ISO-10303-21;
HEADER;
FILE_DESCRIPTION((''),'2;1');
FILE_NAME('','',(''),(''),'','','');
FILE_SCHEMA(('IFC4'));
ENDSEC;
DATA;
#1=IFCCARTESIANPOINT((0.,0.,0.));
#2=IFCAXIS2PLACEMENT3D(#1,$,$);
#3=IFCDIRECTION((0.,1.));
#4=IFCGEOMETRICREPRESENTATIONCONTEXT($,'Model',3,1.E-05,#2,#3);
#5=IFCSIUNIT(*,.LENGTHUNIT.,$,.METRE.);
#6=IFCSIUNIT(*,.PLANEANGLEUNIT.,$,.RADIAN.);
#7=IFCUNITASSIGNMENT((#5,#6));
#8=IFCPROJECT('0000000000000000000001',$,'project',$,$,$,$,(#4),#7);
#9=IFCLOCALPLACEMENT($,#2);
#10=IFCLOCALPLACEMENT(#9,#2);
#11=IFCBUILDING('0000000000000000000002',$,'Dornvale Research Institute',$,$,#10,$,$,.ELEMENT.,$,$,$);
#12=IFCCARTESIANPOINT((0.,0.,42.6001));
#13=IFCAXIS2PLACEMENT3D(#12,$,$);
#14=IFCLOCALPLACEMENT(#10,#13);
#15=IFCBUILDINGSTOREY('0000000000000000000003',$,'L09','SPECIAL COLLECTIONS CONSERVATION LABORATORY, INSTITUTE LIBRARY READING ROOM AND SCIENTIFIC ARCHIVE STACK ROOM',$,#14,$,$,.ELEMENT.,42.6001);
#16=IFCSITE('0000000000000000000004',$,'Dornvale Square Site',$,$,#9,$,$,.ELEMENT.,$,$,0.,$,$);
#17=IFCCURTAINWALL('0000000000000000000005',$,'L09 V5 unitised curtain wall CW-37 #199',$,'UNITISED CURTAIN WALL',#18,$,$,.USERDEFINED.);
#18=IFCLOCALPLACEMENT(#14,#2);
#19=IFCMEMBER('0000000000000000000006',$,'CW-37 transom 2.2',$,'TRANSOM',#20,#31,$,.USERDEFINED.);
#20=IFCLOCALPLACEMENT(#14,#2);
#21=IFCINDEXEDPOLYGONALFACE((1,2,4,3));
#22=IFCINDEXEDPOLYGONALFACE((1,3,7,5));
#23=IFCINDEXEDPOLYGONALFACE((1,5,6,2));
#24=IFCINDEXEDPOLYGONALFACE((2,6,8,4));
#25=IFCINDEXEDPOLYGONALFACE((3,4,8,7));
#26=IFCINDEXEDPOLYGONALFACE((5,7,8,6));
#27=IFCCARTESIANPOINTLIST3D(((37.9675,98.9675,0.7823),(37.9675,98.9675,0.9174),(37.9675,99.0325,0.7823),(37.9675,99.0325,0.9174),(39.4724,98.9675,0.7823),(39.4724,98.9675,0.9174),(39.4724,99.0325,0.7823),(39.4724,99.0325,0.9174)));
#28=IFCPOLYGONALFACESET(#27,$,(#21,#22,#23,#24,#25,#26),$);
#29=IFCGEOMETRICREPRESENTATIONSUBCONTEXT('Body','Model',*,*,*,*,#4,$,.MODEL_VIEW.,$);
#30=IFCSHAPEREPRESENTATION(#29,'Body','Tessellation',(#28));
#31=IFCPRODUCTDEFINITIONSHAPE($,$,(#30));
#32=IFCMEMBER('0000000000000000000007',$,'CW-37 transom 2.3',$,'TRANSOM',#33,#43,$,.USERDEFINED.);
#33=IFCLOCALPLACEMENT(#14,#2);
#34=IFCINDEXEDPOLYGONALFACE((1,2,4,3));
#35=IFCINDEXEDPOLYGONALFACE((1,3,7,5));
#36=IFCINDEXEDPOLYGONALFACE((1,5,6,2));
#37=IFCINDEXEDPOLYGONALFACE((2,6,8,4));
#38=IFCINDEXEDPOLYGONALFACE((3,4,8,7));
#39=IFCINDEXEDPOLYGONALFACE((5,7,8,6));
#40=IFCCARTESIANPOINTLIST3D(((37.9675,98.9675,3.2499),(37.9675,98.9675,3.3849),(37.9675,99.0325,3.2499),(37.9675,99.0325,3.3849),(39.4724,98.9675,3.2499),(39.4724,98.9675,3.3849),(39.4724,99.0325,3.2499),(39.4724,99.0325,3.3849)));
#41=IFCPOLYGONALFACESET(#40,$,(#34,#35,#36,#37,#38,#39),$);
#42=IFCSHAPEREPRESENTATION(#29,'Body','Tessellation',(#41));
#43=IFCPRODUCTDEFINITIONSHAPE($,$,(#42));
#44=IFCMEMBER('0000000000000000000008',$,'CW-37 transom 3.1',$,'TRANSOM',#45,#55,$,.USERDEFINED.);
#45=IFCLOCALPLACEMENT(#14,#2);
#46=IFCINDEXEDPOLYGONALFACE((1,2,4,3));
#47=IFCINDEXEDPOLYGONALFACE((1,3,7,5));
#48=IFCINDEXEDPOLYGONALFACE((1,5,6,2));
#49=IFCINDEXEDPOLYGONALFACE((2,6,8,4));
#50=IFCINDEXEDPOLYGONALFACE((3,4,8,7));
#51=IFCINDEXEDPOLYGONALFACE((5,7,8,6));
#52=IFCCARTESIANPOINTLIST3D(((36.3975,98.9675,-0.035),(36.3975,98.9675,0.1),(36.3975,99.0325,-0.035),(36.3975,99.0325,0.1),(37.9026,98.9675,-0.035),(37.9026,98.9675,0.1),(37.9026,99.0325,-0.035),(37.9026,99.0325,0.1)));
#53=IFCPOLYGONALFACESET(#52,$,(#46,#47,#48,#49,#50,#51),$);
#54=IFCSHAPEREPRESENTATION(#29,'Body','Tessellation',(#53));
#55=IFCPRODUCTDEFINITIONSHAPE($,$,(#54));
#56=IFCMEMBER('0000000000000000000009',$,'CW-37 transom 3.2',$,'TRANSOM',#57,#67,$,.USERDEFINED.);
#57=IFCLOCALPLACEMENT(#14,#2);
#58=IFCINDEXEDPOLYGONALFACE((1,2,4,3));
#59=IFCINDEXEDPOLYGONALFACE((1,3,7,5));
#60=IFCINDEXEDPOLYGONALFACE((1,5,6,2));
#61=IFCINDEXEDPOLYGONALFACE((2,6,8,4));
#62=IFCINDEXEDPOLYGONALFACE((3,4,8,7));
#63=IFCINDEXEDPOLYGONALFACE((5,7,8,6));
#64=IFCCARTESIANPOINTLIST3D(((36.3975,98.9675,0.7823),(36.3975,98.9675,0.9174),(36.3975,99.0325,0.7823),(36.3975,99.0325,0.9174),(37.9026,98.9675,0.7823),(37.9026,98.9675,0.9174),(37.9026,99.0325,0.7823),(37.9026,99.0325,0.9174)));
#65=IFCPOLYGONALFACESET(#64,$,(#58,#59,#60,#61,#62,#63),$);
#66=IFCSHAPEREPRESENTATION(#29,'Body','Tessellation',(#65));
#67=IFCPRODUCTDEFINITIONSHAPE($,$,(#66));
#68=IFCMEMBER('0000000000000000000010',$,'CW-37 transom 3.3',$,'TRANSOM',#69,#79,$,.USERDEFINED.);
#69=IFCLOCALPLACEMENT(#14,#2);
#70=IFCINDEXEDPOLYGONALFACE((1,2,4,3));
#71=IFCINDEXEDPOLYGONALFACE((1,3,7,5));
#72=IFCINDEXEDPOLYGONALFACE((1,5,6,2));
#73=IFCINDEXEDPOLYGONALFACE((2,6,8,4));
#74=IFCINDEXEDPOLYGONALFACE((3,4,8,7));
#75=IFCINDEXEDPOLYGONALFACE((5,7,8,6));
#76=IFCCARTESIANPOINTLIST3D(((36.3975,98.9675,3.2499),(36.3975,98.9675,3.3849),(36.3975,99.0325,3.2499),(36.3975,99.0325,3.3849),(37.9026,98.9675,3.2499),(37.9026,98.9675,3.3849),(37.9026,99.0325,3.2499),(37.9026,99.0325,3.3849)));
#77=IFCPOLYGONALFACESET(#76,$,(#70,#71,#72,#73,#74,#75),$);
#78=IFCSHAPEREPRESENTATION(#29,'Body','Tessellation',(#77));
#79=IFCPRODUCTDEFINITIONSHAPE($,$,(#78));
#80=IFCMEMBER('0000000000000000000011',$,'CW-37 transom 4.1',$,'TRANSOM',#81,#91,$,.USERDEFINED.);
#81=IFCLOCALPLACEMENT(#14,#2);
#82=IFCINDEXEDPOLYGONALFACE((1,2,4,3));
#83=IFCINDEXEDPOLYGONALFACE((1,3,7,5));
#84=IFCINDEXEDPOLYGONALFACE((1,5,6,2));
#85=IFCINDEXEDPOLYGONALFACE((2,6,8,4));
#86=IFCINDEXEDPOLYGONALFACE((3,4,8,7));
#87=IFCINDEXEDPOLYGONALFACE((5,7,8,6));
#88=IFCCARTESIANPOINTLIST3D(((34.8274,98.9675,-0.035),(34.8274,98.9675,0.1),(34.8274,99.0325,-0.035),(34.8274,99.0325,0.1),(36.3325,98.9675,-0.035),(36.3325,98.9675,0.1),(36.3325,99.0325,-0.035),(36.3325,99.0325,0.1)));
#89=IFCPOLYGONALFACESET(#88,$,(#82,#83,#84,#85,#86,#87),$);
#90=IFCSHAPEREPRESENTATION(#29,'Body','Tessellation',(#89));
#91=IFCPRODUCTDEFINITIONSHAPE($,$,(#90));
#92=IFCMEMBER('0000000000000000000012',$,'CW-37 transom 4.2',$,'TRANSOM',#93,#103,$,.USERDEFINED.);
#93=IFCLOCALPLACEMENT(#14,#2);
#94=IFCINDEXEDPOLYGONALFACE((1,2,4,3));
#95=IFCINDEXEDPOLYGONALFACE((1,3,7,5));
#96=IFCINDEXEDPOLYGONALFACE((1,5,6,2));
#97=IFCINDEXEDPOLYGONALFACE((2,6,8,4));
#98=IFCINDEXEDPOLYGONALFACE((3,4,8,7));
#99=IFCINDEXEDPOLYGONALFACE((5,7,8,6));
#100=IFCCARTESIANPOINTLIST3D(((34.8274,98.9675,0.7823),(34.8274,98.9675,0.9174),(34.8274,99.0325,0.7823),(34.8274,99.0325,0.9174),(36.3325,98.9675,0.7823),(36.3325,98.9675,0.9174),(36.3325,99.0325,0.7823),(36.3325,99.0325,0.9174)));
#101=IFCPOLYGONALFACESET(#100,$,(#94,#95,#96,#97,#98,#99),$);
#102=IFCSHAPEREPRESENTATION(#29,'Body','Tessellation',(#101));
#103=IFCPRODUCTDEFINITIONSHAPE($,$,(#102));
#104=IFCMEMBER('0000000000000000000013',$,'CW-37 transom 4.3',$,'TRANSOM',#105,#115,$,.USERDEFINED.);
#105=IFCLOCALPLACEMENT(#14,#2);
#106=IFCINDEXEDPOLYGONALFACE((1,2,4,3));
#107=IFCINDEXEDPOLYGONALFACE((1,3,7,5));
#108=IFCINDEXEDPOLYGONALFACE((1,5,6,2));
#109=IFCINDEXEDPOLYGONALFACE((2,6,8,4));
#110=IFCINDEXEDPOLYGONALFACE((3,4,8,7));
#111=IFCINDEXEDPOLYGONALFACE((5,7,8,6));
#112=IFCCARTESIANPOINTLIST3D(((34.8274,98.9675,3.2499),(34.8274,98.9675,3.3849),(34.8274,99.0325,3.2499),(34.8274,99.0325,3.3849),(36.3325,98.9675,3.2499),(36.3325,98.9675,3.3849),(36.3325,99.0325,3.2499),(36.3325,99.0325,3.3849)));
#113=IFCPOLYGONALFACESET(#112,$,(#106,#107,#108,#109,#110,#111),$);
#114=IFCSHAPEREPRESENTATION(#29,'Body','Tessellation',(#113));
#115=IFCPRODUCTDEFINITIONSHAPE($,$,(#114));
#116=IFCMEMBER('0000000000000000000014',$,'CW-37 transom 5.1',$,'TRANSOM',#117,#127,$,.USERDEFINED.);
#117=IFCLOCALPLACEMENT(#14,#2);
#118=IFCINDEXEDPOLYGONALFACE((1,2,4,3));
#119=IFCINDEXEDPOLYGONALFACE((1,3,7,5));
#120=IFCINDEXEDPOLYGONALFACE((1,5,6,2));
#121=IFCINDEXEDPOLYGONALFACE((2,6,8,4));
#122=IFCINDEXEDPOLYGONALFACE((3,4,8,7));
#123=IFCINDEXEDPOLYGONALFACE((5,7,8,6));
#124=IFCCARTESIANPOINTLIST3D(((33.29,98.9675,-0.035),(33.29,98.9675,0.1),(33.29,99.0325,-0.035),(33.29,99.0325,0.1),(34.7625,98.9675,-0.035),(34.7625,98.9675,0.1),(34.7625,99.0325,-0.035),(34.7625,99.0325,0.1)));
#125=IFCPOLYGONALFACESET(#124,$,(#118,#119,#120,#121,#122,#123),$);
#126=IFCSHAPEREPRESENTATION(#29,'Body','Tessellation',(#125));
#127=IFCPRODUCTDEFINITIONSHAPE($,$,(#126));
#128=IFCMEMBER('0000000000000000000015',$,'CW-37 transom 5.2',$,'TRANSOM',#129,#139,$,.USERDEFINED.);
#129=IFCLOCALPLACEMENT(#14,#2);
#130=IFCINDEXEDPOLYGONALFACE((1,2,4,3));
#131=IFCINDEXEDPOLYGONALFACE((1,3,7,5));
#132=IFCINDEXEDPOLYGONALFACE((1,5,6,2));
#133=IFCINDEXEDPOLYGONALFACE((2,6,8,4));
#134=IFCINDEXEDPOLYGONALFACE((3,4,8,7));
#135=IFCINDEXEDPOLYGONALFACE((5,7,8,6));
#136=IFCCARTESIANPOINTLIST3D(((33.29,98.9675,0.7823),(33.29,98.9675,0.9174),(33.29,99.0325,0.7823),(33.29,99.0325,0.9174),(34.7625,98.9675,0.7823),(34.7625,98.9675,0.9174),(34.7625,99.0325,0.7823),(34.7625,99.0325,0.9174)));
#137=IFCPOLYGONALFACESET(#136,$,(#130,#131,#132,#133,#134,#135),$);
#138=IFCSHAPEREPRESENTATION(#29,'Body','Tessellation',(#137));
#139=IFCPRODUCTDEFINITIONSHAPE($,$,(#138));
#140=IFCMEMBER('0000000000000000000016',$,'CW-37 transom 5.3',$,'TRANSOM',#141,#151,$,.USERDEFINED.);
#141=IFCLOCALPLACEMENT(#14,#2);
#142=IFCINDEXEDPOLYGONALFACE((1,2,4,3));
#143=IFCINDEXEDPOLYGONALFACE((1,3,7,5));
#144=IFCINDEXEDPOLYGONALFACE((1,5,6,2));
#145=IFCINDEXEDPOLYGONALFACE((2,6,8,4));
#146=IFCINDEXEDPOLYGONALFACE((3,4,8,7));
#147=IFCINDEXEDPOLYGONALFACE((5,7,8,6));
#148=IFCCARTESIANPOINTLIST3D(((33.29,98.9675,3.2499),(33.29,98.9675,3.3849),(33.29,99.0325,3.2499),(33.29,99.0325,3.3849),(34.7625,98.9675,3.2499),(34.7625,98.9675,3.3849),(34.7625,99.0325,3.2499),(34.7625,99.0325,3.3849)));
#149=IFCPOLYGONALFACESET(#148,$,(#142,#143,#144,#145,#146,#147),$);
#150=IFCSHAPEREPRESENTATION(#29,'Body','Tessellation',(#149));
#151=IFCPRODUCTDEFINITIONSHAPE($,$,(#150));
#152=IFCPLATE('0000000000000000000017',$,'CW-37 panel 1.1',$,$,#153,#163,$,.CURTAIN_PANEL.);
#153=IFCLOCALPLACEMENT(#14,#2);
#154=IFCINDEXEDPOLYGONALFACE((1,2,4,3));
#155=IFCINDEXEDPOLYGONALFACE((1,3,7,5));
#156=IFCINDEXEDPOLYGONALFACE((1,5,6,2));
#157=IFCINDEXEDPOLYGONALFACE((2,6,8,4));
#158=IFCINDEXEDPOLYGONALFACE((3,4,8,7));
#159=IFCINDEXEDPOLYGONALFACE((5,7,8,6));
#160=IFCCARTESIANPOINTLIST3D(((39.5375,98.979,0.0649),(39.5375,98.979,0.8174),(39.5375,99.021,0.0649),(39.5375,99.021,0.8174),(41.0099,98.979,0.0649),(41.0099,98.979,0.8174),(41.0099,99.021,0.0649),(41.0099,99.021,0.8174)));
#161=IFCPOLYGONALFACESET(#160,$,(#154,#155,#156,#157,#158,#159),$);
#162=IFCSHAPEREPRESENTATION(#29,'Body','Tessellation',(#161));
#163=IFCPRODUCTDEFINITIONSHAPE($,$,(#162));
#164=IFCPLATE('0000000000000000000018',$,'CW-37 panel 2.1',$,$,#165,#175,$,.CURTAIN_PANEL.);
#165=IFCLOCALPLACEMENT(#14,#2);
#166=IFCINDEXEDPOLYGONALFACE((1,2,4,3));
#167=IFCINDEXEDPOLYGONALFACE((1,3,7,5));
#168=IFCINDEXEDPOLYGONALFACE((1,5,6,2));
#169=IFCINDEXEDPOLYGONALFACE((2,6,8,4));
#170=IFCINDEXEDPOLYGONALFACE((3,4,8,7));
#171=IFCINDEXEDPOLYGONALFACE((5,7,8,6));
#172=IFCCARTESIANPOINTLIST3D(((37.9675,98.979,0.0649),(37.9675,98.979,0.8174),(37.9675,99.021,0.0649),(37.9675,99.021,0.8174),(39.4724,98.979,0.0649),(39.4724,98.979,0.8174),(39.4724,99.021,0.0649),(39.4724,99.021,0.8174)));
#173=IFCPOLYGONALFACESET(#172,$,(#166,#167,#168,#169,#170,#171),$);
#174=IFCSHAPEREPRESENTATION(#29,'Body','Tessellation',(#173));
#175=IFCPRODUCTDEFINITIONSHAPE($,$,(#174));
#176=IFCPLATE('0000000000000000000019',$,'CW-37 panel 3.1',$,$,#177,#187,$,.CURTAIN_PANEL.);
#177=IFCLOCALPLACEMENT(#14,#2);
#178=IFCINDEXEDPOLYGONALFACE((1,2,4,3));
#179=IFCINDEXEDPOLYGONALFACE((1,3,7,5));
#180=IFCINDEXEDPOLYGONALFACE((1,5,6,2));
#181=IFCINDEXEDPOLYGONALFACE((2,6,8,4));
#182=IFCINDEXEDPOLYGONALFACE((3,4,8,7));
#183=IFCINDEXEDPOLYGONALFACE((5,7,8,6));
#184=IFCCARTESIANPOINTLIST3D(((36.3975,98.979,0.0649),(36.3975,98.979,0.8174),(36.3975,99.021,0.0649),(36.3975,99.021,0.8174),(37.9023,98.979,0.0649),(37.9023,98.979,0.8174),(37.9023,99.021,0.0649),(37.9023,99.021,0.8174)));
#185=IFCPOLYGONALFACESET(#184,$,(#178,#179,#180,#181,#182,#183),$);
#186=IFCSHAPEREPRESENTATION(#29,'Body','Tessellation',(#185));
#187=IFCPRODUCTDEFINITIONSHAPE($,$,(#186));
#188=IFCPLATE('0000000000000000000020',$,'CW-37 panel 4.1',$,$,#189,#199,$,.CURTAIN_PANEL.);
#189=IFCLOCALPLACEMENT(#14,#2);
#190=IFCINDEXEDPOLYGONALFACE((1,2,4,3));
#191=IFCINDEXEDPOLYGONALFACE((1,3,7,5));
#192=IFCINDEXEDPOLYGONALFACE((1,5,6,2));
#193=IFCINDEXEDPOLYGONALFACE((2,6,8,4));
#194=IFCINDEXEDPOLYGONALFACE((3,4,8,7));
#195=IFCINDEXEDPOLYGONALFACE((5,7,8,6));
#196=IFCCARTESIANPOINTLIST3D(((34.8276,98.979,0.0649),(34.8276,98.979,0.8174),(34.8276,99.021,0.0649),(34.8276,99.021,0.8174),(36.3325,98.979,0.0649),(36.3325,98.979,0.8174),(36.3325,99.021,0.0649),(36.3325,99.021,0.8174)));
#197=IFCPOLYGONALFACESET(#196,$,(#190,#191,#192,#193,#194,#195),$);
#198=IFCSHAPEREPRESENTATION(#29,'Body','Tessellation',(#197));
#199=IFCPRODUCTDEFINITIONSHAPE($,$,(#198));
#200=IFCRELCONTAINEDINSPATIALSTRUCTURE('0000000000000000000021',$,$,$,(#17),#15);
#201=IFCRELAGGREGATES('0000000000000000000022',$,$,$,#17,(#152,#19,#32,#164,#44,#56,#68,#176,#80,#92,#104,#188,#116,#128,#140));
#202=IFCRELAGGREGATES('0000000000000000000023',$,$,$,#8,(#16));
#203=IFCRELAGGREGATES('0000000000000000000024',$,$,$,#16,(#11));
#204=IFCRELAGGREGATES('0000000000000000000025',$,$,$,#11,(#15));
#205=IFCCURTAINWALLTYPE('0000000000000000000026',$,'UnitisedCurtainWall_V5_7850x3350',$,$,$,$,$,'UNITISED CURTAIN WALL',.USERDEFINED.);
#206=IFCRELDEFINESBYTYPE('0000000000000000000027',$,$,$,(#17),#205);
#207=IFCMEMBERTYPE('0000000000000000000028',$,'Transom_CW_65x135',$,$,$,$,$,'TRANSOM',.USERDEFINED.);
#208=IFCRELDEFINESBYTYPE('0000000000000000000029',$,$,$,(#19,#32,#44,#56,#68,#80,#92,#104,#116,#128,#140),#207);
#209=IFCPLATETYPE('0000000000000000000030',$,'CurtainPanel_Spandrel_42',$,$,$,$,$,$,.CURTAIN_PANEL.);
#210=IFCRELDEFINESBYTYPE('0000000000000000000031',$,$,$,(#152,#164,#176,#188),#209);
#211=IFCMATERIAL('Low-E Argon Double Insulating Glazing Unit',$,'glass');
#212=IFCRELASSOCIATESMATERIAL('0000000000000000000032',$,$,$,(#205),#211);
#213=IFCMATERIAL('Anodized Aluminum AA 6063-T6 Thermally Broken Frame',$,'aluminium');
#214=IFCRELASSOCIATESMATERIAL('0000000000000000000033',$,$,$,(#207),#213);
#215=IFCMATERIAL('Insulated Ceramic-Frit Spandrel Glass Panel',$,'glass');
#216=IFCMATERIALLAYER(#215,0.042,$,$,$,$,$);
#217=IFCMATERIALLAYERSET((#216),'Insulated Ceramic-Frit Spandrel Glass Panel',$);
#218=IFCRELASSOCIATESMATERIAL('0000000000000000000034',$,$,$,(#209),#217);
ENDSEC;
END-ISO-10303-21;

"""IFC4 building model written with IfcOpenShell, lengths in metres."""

from ifc_helpers import new_model, si_unit, direction, frame, origin, origin_2d, place, context, subcontext, project, spatial, rectangle, extrude, material, layer, layer_set, material_profile, profile_set, type_object, element, aggregate, save


model = new_model("IFC4")

# Units and contexts
model_context = context("Model", 3, precision=1e-05, world=origin(), true_north=direction((0.0, 1.0)))
body_context = subcontext(model_context, "Body", "Model", "MODEL_VIEW")
ifc_project = project(units=[si_unit("LENGTHUNIT", "METRE"), si_unit("PLANEANGLEUNIT", "RADIAN")], contexts=[model_context])

# Site, building, storey
site_placement = place(None, origin())
site = spatial("IfcSite", under=ifc_project, at=site_placement, Name="Dornvale Square Site", CompositionType="ELEMENT", RefElevation=0.0)
building_placement = place(site_placement, origin())
building = spatial("IfcBuilding", under=site, at=building_placement, Name="Dornvale Research Institute", CompositionType="ELEMENT")
storey_placement = place(building_placement, frame((0.0, 0.0, 42.6001)))
storey = spatial("IfcBuildingStorey", under=building, at=storey_placement, Name="L09", Description="SPECIAL COLLECTIONS CONSERVATION LABORATORY, INSTITUTE LIBRARY READING ROOM AND SCIENTIFIC ARCHIVE STACK ROOM", CompositionType="ELEMENT", Elevation=42.6001)

# Curtain wall
ifc_material_1 = material(Name="Low-E Argon Double Insulating Glazing Unit", Category="glass")
curtain_wall_type = type_object("IfcCurtainWallType", Name="UnitisedCurtainWall_V5_7850x3350", ElementType="UNITISED CURTAIN WALL", PredefinedType="USERDEFINED", material=ifc_material_1)
curtain_wall_placement = place(storey_placement, origin())
curtain_wall = element("IfcCurtainWall", 1, at=curtain_wall_placement, inside=storey, type_object=curtain_wall_type, Name="L09 V5 unitised curtain wall CW-37 #199", ObjectType="UNITISED CURTAIN WALL", PredefinedType="USERDEFINED")

# Members
ifc_material_2 = material(Name="Anodized Aluminum AA 6063-T6 Thermally Broken Frame", Category="aluminium")
ifc_material_profile_1 = material_profile(ifc_material_2, rectangle(XDim=0.0649, YDim=0.135, at=origin_2d()), Name="ALU TRANSOM 65x135")
ifc_profile_set_1 = profile_set([ifc_material_profile_1], Name="Anodized Aluminum AA 6063-T6 Thermally Broken Frame")
member_type_1 = type_object("IfcMemberType", Name="Transom_CW_65x135", ElementType="TRANSOM", PredefinedType="USERDEFINED", material=ifc_profile_set_1)
member_1_placement = place(storey_placement, frame((39.4724, 99.0, 0.8499), z_axis=(-1.0, 0.0, 0.0), x_axis=(0.0, -1.0, 0.0)))
member_1 = element("IfcMember", 2, at=member_1_placement, type_object=member_type_1, Name="CW-37 transom 2.2", ObjectType="TRANSOM", PredefinedType="USERDEFINED", context=body_context, shape_type="SweptSolid", body=[
    extrude(rectangle(XDim=0.0649, YDim=0.135, at=origin_2d()), origin(), (0.0, 0.0, 1.0), 1.5049),
])
member_2_placement = place(storey_placement, frame((39.4724, 99.0, 3.3174), z_axis=(-1.0, 0.0, 0.0), x_axis=(0.0, -1.0, 0.0)))
member_2 = element("IfcMember", 3, at=member_2_placement, type_object=member_type_1, Name="CW-37 transom 2.3", ObjectType="TRANSOM", PredefinedType="USERDEFINED", context=body_context, shape_type="SweptSolid", body=[
    extrude(rectangle(XDim=0.0649, YDim=0.135, at=origin_2d()), origin(), (0.0, 0.0, 1.0), 1.5049),
])
member_3_placement = place(storey_placement, frame((37.9026, 99.0, 0.0325), z_axis=(-1.0, 0.0, 0.0), x_axis=(0.0, -1.0, 0.0)))
member_3 = element("IfcMember", 4, at=member_3_placement, type_object=member_type_1, Name="CW-37 transom 3.1", ObjectType="TRANSOM", PredefinedType="USERDEFINED", context=body_context, shape_type="SweptSolid", body=[
    extrude(rectangle(XDim=0.0649, YDim=0.135, at=origin_2d()), origin(), (0.0, 0.0, 1.0), 1.5051),
])
member_4_placement = place(storey_placement, frame((37.9026, 99.0, 0.8499), z_axis=(-1.0, 0.0, 0.0), x_axis=(0.0, -1.0, 0.0)))
member_4 = element("IfcMember", 5, at=member_4_placement, type_object=member_type_1, Name="CW-37 transom 3.2", ObjectType="TRANSOM", PredefinedType="USERDEFINED", context=body_context, shape_type="SweptSolid", body=[
    extrude(rectangle(XDim=0.0649, YDim=0.135, at=origin_2d()), origin(), (0.0, 0.0, 1.0), 1.5051),
])
member_5_placement = place(storey_placement, frame((37.9026, 99.0, 3.3174), z_axis=(-1.0, 0.0, 0.0), x_axis=(0.0, -1.0, 0.0)))
member_5 = element("IfcMember", 6, at=member_5_placement, type_object=member_type_1, Name="CW-37 transom 3.3", ObjectType="TRANSOM", PredefinedType="USERDEFINED", context=body_context, shape_type="SweptSolid", body=[
    extrude(rectangle(XDim=0.0649, YDim=0.135, at=origin_2d()), origin(), (0.0, 0.0, 1.0), 1.5051),
])
member_6_placement = place(storey_placement, frame((36.3325, 99.0, 0.0325), z_axis=(-1.0, 0.0, 0.0), x_axis=(0.0, -1.0, 0.0)))
member_6 = element("IfcMember", 7, at=member_6_placement, type_object=member_type_1, Name="CW-37 transom 4.1", ObjectType="TRANSOM", PredefinedType="USERDEFINED", context=body_context, shape_type="SweptSolid", body=[
    extrude(rectangle(XDim=0.0649, YDim=0.135, at=origin_2d()), origin(), (0.0, 0.0, 1.0), 1.5051),
])
member_7_placement = place(storey_placement, frame((36.3325, 99.0, 0.8499), z_axis=(-1.0, 0.0, 0.0), x_axis=(0.0, -1.0, 0.0)))
member_7 = element("IfcMember", 8, at=member_7_placement, type_object=member_type_1, Name="CW-37 transom 4.2", ObjectType="TRANSOM", PredefinedType="USERDEFINED", context=body_context, shape_type="SweptSolid", body=[
    extrude(rectangle(XDim=0.0649, YDim=0.135, at=origin_2d()), origin(), (0.0, 0.0, 1.0), 1.5051),
])
member_8_placement = place(storey_placement, frame((36.3325, 99.0, 3.3174), z_axis=(-1.0, 0.0, 0.0), x_axis=(0.0, -1.0, 0.0)))
member_8 = element("IfcMember", 9, at=member_8_placement, type_object=member_type_1, Name="CW-37 transom 4.3", ObjectType="TRANSOM", PredefinedType="USERDEFINED", context=body_context, shape_type="SweptSolid", body=[
    extrude(rectangle(XDim=0.0649, YDim=0.135, at=origin_2d()), origin(), (0.0, 0.0, 1.0), 1.5051),
])
member_9_placement = place(storey_placement, frame((34.7625, 99.0, 0.0325), z_axis=(-1.0, 0.0, 0.0), x_axis=(0.0, -1.0, 0.0)))
member_9 = element("IfcMember", 10, at=member_9_placement, type_object=member_type_1, Name="CW-37 transom 5.1", ObjectType="TRANSOM", PredefinedType="USERDEFINED", context=body_context, shape_type="SweptSolid", body=[
    extrude(rectangle(XDim=0.0649, YDim=0.135, at=origin_2d()), origin(), (0.0, 0.0, 1.0), 1.4724),
])
member_10_placement = place(storey_placement, frame((34.7625, 99.0, 0.8499), z_axis=(-1.0, 0.0, 0.0), x_axis=(0.0, -1.0, 0.0)))
member_10 = element("IfcMember", 11, at=member_10_placement, type_object=member_type_1, Name="CW-37 transom 5.2", ObjectType="TRANSOM", PredefinedType="USERDEFINED", context=body_context, shape_type="SweptSolid", body=[
    extrude(rectangle(XDim=0.0649, YDim=0.135, at=origin_2d()), origin(), (0.0, 0.0, 1.0), 1.4724),
])
member_11_placement = place(storey_placement, frame((34.7625, 99.0, 3.3174), z_axis=(-1.0, 0.0, 0.0), x_axis=(0.0, -1.0, 0.0)))
member_11 = element("IfcMember", 12, at=member_11_placement, type_object=member_type_1, Name="CW-37 transom 5.3", ObjectType="TRANSOM", PredefinedType="USERDEFINED", context=body_context, shape_type="SweptSolid", body=[
    extrude(rectangle(XDim=0.0649, YDim=0.135, at=origin_2d()), origin(), (0.0, 0.0, 1.0), 1.4724),
])

# Plates
ifc_material_3 = material(Name="Insulated Ceramic-Frit Spandrel Glass Panel", Category="glass")
ifc_layer_1 = layer(ifc_material_3, 0.042)
ifc_layer_set_1 = layer_set([ifc_layer_1], Name="Insulated Ceramic-Frit Spandrel Glass Panel")
plate_type_1 = type_object("IfcPlateType", Name="CurtainPanel_Spandrel_42", PredefinedType="CURTAIN_PANEL", material=ifc_layer_set_1)
plate_1_placement = place(storey_placement, frame((40.2737, 99.0, 0.0649), z_axis=(0.0, 0.0, 1.0), x_axis=(-1.0, 0.0, 0.0)))
plate_1 = element("IfcPlate", 13, at=plate_1_placement, type_object=plate_type_1, Name="CW-37 panel 1.1", PredefinedType="CURTAIN_PANEL", context=body_context, shape_type="SweptSolid", body=[
    extrude(rectangle(XDim=1.4724, YDim=0.042, at=origin_2d()), origin(), (0.0, 0.0, 1.0), 0.7524),
])
plate_2_placement = place(storey_placement, frame((38.72, 99.0, 0.0649), z_axis=(0.0, 0.0, 1.0), x_axis=(-1.0, 0.0, 0.0)))
plate_2 = element("IfcPlate", 14, at=plate_2_placement, type_object=plate_type_1, Name="CW-37 panel 2.1", PredefinedType="CURTAIN_PANEL", context=body_context, shape_type="SweptSolid", body=[
    extrude(rectangle(XDim=1.5049, YDim=0.042, at=origin_2d()), origin(), (0.0, 0.0, 1.0), 0.7524),
])
plate_3_placement = place(storey_placement, frame((37.1499, 99.0, 0.0649), z_axis=(0.0, 0.0, 1.0), x_axis=(-1.0, 0.0, 0.0)))
plate_3 = element("IfcPlate", 15, at=plate_3_placement, type_object=plate_type_1, Name="CW-37 panel 3.1", PredefinedType="CURTAIN_PANEL", context=body_context, shape_type="SweptSolid", body=[
    extrude(rectangle(XDim=1.5049, YDim=0.042, at=origin_2d()), origin(), (0.0, 0.0, 1.0), 0.7524),
])
plate_4_placement = place(storey_placement, frame((35.5801, 99.0, 0.0649), z_axis=(0.0, 0.0, 1.0), x_axis=(-1.0, 0.0, 0.0)))
plate_4 = element("IfcPlate", 16, at=plate_4_placement, type_object=plate_type_1, Name="CW-37 panel 4.1", PredefinedType="CURTAIN_PANEL", context=body_context, shape_type="SweptSolid", body=[
    extrude(rectangle(XDim=1.5049, YDim=0.042, at=origin_2d()), origin(), (0.0, 0.0, 1.0), 0.7524),
])
aggregate(curtain_wall, [plate_1, member_1, member_2, plate_2, member_3, member_4, member_5, plate_3, member_6, member_7, member_8, plate_4, member_9, member_10, member_11])

save(model, "model.ifc")
